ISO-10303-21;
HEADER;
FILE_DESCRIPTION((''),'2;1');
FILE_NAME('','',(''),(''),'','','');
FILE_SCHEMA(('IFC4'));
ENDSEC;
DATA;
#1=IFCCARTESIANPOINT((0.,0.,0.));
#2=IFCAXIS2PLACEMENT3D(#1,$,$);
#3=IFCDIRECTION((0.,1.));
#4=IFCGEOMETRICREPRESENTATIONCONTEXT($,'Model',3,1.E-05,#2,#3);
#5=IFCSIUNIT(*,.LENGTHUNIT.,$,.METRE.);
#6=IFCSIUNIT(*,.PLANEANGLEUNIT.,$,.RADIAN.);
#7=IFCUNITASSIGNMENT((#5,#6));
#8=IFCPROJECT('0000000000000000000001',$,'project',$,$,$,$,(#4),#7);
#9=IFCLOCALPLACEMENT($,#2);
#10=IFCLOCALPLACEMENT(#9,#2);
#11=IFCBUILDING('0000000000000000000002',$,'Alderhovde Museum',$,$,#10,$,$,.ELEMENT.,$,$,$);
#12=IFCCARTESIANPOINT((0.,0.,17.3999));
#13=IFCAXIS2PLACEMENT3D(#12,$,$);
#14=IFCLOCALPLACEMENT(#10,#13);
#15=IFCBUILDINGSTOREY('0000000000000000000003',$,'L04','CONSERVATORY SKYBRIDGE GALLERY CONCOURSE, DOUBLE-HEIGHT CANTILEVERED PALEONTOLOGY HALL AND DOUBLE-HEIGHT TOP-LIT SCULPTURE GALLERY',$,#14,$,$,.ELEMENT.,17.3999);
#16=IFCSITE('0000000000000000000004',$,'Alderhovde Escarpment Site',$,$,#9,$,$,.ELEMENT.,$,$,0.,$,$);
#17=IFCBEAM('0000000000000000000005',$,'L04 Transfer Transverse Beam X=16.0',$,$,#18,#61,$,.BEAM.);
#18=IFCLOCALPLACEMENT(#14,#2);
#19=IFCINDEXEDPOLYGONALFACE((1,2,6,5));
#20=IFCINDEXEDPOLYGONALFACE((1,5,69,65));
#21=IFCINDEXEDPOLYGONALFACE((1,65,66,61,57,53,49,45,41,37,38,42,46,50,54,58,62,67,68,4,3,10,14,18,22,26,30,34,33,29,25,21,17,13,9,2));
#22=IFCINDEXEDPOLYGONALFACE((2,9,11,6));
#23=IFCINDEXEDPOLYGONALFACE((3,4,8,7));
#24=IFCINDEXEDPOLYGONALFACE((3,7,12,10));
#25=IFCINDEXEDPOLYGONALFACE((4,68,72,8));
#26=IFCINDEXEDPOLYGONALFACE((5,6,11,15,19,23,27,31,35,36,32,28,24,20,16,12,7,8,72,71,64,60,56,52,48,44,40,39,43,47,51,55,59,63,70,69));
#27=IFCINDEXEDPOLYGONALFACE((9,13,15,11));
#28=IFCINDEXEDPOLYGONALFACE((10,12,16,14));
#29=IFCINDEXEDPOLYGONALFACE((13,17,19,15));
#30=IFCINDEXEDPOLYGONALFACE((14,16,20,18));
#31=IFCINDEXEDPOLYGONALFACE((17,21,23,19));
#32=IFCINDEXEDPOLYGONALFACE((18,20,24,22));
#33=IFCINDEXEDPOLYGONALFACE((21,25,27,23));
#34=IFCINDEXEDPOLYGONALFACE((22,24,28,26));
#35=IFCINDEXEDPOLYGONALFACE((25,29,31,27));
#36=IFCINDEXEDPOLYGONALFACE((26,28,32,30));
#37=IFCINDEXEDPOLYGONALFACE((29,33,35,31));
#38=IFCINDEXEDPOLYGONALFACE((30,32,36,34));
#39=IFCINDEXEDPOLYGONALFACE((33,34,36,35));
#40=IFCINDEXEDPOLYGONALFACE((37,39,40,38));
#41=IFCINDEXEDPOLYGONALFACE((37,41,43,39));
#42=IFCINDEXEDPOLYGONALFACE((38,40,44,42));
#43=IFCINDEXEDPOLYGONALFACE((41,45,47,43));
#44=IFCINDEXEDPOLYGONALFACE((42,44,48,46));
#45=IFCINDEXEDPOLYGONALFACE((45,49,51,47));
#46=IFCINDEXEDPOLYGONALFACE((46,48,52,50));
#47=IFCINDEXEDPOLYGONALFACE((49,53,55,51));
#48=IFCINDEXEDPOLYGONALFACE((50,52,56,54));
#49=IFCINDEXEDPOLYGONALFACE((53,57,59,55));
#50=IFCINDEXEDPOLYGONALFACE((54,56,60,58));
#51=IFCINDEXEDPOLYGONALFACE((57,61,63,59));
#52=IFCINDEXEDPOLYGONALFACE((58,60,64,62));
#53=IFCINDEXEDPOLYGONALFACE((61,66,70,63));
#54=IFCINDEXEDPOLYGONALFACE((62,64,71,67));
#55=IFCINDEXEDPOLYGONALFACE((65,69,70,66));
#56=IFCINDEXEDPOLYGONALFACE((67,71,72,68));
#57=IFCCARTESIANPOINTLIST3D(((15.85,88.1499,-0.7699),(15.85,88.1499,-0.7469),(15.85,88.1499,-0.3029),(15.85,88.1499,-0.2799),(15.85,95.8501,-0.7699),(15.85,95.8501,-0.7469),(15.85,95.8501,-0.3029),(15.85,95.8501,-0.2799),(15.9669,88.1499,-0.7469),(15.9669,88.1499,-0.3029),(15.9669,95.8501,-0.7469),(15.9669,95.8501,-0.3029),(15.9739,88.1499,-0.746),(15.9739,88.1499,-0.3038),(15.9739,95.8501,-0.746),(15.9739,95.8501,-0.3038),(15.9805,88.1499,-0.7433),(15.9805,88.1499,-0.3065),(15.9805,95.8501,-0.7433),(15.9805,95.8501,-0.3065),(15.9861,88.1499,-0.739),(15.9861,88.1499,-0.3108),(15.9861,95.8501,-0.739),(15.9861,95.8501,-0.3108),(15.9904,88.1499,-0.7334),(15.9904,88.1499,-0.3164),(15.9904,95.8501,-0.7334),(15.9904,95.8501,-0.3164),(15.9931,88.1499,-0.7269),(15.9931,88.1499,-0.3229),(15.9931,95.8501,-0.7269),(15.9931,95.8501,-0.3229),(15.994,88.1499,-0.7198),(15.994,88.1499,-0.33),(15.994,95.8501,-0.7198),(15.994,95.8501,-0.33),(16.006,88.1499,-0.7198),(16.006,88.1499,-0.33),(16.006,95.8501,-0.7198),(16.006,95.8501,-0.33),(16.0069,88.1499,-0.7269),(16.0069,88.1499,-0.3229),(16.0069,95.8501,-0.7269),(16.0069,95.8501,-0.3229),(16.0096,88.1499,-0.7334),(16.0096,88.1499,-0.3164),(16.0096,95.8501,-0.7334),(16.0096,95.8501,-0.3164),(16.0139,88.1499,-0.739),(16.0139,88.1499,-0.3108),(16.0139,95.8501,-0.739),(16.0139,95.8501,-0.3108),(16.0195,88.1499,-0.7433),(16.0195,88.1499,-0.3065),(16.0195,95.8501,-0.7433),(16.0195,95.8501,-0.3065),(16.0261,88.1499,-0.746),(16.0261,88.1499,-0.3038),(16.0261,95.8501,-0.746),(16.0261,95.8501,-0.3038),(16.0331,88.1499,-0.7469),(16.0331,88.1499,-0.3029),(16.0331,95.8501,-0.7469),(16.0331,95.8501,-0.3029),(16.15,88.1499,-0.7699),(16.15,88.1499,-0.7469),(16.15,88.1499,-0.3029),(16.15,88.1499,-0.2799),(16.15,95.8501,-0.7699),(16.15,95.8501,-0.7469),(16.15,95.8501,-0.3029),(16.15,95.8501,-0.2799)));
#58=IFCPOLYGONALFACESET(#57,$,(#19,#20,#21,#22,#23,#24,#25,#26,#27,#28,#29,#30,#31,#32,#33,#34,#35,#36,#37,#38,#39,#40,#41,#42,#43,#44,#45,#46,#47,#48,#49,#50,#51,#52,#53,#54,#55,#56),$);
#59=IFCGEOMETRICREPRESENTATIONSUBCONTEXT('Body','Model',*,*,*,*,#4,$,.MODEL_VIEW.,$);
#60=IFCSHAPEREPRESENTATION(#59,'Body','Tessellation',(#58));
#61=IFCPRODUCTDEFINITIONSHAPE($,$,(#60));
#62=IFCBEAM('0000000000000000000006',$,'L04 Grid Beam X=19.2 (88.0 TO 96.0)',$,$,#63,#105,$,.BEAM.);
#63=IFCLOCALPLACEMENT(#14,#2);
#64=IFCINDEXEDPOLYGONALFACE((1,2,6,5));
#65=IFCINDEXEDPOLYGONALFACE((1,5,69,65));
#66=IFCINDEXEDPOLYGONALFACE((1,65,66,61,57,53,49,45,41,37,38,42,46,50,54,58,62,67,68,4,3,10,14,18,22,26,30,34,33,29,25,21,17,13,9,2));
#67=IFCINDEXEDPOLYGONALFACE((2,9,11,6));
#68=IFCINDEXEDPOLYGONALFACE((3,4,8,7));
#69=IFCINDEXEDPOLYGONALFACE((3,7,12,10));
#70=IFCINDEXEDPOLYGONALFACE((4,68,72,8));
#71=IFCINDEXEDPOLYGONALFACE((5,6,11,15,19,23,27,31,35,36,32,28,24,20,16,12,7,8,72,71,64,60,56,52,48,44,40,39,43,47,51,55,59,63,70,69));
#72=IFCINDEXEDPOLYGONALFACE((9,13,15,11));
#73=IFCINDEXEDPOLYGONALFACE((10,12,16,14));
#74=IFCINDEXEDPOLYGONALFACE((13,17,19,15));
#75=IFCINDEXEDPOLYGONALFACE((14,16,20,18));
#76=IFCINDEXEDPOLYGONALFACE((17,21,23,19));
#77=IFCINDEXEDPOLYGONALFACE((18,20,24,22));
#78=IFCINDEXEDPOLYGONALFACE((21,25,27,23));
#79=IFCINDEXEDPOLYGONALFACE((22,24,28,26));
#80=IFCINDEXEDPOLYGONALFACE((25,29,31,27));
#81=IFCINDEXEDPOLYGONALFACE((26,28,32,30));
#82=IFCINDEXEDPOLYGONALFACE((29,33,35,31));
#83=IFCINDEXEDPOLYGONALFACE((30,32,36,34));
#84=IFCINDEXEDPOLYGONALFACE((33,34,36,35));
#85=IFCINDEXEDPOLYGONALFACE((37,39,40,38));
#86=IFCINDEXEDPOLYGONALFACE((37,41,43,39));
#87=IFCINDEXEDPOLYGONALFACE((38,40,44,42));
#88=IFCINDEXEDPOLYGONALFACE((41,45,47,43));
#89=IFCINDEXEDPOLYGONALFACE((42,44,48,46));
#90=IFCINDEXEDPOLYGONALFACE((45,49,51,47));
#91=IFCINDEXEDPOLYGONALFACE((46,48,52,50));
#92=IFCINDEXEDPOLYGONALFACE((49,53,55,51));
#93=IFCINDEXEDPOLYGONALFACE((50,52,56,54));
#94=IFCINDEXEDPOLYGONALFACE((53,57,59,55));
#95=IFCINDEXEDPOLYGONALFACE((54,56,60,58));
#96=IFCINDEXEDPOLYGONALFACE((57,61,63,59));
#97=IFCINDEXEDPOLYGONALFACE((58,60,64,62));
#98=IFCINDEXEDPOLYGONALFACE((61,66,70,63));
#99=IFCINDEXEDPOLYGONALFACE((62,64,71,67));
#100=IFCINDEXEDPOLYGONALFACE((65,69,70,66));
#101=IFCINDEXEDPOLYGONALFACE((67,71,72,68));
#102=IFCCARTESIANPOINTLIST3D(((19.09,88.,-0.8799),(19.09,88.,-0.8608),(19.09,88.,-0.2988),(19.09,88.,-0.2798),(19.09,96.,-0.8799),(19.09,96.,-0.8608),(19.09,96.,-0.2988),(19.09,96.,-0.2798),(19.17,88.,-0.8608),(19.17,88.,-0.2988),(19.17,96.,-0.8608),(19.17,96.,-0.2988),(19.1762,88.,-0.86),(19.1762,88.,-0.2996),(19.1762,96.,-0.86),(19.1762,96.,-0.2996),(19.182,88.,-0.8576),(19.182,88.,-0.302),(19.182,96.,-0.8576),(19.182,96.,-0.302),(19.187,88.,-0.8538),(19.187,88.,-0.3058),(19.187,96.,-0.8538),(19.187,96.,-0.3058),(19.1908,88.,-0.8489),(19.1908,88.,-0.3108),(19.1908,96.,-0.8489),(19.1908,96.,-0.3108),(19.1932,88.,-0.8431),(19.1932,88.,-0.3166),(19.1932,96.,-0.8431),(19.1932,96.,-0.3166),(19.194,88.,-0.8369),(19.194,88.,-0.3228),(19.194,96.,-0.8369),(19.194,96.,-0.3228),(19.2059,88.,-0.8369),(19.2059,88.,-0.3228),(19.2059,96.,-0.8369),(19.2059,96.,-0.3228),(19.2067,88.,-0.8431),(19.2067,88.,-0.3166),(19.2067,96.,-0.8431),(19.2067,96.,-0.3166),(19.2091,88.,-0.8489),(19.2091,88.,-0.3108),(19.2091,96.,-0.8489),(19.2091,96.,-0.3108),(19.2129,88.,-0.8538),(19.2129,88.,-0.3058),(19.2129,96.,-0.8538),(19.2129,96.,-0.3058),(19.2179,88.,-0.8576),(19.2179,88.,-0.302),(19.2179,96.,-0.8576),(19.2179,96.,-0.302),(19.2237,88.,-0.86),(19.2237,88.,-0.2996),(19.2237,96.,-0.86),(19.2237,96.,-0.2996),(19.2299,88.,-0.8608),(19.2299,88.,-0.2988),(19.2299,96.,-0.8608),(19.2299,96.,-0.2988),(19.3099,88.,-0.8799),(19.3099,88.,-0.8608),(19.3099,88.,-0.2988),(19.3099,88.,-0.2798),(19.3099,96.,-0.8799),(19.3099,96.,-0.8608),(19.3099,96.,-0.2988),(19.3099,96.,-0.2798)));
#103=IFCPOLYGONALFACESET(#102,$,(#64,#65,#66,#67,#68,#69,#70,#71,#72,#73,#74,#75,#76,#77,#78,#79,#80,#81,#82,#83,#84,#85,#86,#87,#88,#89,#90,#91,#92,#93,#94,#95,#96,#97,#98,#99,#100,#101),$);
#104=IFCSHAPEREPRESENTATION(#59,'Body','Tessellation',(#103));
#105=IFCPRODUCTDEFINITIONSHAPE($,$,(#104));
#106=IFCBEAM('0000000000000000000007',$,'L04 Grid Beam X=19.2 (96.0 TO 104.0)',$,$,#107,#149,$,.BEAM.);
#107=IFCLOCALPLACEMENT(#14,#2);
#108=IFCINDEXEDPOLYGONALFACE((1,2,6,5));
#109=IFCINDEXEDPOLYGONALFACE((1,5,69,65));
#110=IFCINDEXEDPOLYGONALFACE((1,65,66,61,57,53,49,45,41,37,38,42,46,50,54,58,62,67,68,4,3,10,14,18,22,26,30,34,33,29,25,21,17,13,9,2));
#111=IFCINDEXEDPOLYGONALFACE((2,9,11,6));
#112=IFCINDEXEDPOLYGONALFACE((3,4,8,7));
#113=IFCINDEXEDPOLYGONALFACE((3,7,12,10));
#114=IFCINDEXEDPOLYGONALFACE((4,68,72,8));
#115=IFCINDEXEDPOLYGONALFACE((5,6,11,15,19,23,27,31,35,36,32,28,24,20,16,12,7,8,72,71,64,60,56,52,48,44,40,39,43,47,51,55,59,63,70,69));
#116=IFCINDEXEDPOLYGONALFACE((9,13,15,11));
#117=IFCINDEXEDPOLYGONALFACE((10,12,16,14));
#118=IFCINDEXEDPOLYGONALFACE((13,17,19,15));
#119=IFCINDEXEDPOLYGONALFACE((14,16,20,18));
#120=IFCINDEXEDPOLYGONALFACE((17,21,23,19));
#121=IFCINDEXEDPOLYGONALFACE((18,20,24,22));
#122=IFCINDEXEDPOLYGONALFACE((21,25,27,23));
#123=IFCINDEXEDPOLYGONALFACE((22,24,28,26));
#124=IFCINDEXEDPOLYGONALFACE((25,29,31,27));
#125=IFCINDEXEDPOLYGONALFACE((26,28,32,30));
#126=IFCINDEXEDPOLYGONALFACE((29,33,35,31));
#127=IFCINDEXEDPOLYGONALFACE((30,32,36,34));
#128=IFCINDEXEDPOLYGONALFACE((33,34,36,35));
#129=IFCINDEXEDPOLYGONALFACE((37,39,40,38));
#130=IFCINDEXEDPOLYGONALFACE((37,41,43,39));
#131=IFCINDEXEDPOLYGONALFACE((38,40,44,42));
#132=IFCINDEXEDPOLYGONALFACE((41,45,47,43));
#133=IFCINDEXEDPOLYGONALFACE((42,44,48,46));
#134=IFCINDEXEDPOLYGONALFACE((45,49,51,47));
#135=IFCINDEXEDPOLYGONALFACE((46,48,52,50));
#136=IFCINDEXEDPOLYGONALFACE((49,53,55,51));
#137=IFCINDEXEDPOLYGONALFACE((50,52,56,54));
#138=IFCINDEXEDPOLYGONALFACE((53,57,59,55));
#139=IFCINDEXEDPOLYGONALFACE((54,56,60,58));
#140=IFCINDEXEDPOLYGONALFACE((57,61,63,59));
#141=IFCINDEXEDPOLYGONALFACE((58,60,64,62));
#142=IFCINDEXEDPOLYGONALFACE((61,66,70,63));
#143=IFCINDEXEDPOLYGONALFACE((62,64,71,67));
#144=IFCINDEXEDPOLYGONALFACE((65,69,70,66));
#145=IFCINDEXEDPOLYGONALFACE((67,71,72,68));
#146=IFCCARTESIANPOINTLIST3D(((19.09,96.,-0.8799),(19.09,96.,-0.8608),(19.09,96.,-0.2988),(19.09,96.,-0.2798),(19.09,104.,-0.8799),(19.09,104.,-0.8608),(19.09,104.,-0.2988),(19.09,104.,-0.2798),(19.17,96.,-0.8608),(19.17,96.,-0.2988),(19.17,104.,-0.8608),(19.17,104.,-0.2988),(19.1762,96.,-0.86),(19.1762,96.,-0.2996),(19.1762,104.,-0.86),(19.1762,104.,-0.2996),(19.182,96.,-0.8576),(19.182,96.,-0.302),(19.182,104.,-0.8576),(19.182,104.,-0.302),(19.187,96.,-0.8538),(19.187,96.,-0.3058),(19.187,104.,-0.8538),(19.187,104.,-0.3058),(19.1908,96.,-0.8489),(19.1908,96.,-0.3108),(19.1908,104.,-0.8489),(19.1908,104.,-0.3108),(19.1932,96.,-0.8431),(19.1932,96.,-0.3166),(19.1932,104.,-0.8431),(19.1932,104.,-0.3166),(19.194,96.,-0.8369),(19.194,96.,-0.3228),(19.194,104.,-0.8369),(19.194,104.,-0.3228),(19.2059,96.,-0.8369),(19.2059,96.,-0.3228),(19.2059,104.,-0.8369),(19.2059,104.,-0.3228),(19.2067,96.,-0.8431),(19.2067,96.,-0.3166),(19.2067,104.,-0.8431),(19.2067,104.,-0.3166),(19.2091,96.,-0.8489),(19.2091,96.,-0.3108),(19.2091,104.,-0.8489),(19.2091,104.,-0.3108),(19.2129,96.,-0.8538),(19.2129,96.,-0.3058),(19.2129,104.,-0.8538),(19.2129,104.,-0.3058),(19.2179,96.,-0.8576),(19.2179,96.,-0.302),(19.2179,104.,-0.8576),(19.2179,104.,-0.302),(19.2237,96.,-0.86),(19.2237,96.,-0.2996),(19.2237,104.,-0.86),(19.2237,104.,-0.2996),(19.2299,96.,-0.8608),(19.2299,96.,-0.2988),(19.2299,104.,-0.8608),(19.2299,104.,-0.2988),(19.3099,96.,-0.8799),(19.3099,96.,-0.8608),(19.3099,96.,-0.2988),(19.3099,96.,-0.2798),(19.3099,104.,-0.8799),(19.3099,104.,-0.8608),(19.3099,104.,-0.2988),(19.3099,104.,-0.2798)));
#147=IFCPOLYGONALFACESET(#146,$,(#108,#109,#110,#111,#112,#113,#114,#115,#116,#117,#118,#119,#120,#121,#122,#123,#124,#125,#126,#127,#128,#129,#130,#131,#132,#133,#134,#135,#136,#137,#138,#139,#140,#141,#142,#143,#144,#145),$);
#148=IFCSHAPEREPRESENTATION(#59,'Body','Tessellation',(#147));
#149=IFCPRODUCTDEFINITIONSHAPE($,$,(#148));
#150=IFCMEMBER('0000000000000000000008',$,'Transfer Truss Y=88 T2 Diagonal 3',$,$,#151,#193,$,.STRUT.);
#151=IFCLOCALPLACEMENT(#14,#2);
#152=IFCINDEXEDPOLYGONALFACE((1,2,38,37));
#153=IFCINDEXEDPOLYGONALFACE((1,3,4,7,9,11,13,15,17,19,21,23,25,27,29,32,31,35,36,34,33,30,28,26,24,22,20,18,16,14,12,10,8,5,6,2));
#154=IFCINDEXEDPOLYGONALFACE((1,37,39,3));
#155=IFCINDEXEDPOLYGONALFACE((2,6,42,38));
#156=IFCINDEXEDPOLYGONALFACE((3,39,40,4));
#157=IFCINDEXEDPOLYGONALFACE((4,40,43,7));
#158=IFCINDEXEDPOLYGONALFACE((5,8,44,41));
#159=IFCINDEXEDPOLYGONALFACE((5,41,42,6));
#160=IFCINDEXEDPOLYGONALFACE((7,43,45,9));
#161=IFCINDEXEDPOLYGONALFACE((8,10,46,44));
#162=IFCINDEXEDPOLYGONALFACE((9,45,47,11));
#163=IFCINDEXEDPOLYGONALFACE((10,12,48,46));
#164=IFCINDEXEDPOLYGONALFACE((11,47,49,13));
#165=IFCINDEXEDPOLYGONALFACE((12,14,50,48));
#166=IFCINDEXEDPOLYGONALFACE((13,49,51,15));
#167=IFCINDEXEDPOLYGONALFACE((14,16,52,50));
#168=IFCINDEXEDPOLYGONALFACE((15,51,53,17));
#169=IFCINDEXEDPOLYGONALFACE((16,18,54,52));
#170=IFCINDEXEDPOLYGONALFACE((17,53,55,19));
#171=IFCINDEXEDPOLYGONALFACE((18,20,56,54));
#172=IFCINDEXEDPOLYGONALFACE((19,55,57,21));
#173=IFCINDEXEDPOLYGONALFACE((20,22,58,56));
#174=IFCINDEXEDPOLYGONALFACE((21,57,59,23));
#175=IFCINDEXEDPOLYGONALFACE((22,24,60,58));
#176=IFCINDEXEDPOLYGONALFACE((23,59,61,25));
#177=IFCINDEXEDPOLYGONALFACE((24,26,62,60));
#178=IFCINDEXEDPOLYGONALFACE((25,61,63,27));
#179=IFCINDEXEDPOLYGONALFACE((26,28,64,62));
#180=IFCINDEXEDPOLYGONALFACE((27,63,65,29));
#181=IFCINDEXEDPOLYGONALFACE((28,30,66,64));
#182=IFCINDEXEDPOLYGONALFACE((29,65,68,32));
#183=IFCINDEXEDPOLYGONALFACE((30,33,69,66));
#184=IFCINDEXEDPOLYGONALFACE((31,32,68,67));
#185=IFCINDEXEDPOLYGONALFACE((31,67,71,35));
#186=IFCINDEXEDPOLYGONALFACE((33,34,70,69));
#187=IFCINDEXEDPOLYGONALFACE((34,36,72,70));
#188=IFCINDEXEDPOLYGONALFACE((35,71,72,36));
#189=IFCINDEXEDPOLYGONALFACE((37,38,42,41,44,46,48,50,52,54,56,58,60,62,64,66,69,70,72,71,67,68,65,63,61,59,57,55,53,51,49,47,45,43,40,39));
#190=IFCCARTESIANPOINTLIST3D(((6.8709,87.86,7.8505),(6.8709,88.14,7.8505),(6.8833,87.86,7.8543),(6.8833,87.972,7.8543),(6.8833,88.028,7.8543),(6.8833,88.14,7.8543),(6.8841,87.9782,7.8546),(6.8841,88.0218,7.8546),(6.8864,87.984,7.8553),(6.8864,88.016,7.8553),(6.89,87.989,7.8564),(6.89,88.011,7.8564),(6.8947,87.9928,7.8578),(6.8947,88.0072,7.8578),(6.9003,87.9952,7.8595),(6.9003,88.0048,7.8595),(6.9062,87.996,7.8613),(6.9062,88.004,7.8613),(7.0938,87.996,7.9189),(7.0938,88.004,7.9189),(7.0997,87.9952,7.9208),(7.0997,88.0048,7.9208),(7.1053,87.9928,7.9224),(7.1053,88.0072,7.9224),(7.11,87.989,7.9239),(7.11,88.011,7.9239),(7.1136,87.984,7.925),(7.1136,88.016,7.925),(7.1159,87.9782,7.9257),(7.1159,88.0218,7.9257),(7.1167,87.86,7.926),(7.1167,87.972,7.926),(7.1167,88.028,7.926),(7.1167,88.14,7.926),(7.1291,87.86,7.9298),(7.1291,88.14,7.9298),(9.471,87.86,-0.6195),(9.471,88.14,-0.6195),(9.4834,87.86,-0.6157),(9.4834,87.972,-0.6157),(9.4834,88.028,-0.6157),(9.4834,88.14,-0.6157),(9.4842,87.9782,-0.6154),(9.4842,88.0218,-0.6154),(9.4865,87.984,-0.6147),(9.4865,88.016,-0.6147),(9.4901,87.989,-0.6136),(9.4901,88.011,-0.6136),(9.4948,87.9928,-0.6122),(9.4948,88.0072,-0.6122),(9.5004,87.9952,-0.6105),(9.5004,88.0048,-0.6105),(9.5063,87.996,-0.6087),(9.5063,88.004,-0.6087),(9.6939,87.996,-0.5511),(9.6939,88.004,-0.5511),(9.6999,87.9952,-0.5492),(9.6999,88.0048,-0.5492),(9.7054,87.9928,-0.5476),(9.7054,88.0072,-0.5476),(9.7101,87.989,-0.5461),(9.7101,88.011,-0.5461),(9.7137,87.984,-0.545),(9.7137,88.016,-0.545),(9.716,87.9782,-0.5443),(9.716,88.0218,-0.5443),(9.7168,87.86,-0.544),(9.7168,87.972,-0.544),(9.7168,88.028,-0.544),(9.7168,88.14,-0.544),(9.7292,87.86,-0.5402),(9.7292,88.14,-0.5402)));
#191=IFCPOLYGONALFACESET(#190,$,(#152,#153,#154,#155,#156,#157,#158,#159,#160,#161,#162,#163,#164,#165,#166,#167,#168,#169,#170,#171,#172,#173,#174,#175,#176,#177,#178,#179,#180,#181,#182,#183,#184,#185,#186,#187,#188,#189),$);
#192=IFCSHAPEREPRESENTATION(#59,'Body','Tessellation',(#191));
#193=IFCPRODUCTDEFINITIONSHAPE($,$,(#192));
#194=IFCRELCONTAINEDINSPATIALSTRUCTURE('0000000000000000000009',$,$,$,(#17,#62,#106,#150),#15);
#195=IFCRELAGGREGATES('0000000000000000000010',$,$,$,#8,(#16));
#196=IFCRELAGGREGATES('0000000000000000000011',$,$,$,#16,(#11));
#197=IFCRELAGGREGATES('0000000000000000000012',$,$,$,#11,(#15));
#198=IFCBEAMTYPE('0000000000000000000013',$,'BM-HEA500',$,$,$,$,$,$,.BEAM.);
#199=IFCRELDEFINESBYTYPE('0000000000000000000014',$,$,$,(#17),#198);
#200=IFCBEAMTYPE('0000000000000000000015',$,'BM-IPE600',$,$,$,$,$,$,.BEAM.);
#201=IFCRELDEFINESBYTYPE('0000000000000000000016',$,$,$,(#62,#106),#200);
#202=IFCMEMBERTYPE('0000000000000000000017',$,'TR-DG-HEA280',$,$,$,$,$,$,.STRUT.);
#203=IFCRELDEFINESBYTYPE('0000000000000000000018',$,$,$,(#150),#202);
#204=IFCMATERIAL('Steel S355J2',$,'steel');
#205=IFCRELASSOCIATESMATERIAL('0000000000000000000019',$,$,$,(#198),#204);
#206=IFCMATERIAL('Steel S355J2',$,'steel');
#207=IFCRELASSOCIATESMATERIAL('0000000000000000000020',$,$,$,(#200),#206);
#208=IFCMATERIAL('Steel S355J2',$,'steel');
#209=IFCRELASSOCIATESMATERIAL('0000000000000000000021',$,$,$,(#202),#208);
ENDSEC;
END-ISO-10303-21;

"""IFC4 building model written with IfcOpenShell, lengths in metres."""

from ifc_helpers import new_model, si_unit, direction, frame, origin, origin_2d, place, context, subcontext, project, spatial, i_section, extrude, material, material_profile, profile_set, type_object, element, save


model = new_model("IFC4")

# Units and contexts
model_context = context("Model", 3, precision=1e-05, world=origin(), true_north=direction((0.0, 1.0)))
body_context = subcontext(model_context, "Body", "Model", "MODEL_VIEW")
ifc_project = project(units=[si_unit("LENGTHUNIT", "METRE"), si_unit("PLANEANGLEUNIT", "RADIAN")], contexts=[model_context])

# Site, building, storey
site_placement = place(None, origin())
site = spatial("IfcSite", under=ifc_project, at=site_placement, Name="Alderhovde Escarpment Site", CompositionType="ELEMENT", RefElevation=0.0)
building_placement = place(site_placement, origin())
building = spatial("IfcBuilding", under=site, at=building_placement, Name="Alderhovde Museum", CompositionType="ELEMENT")
storey_placement = place(building_placement, frame((0.0, 0.0, 17.3999)))
storey = spatial("IfcBuildingStorey", under=building, at=storey_placement, Name="L04", Description="CONSERVATORY SKYBRIDGE GALLERY CONCOURSE, DOUBLE-HEIGHT CANTILEVERED PALEONTOLOGY HALL AND DOUBLE-HEIGHT TOP-LIT SCULPTURE GALLERY", CompositionType="ELEMENT", Elevation=17.3999)

# Beams
ifc_material_1 = material(Name="Steel S355J2", Category="steel")
ifc_material_profile_1 = material_profile(ifc_material_1, i_section(OverallWidth=0.3, OverallDepth=0.49, WebThickness=0.012, FlangeThickness=0.0229, FilletRadius=0.0271, at=origin_2d()), Name="HEA 500")
ifc_profile_set_1 = profile_set([ifc_material_profile_1], Name="Steel S355J2")
beam_type_1 = type_object("IfcBeamType", Name="BM-HEA500", PredefinedType="BEAM", material=ifc_profile_set_1)
for number, where, z_axis, x_axis, name in (
    (1, (16.0, 88.1499, -0.5249), (0.0, 1.0, 0.0), (-1.0, 0.0, 0.0), "L04 Transfer Transverse Beam X=16.0"),
):
    element("IfcBeam", number, at=place(storey_placement, frame(where, z_axis=z_axis, x_axis=x_axis)), inside=storey, type_object=beam_type_1, Name=name, PredefinedType="BEAM", context=body_context, shape_type="SweptSolid", body=[
        extrude(i_section(OverallWidth=0.3, OverallDepth=0.49, WebThickness=0.012, FlangeThickness=0.0229, FilletRadius=0.0271, at=origin_2d()), origin(), (0.0, 0.0, 1.0), 7.7002),
    ])
ifc_material_2 = material(Name="Steel S355J2", Category="steel")
ifc_material_profile_2 = material_profile(ifc_material_2, i_section(OverallWidth=0.22, OverallDepth=0.6001, WebThickness=0.012, FlangeThickness=0.019, FilletRadius=0.0239, at=origin_2d()), Name="IPE 600")
ifc_profile_set_2 = profile_set([ifc_material_profile_2], Name="Steel S355J2")
beam_type_2 = type_object("IfcBeamType", Name="BM-IPE600", PredefinedType="BEAM", material=ifc_profile_set_2)
for number, where, z_axis, x_axis, name in (
    (2, (19.2, 88.0, -0.5798), (0.0, 1.0, 0.0), (-1.0, 0.0, 0.0), "L04 Grid Beam X=19.2 (88.0 TO 96.0)"),
    (3, (19.2, 96.0, -0.5798), (0.0, 1.0, 0.0), (-1.0, 0.0, 0.0), "L04 Grid Beam X=19.2 (96.0 TO 104.0)"),
):
    element("IfcBeam", number, at=place(storey_placement, frame(where, z_axis=z_axis, x_axis=x_axis)), inside=storey, type_object=beam_type_2, Name=name, PredefinedType="BEAM", context=body_context, shape_type="SweptSolid", body=[
        extrude(i_section(OverallWidth=0.22, OverallDepth=0.6001, WebThickness=0.012, FlangeThickness=0.019, FilletRadius=0.0239, at=origin_2d()), origin(), (0.0, 0.0, 1.0), 8.0),
    ])

# Member
ifc_material_3 = material(Name="Steel S355J2", Category="steel")
ifc_material_profile_3 = material_profile(ifc_material_3, i_section(OverallWidth=0.28, OverallDepth=0.27, WebThickness=0.0081, FlangeThickness=0.0129, FilletRadius=0.0239, at=origin_2d()), Name="HEA 280")
ifc_profile_set_3 = profile_set([ifc_material_profile_3], Name="Steel S355J2")
member_type_1 = type_object("IfcMemberType", Name="TR-DG-HEA280", PredefinedType="STRUT", material=ifc_profile_set_3)
member_1_placement = place(storey_placement, frame((7.0, 88.0, 7.8901), z_axis=(0.293462, 0.0, -0.955971), x_axis=(0.0, 1.0, 0.0)))
element("IfcMember", 4, at=member_1_placement, inside=storey, type_object=member_type_1, Name="Transfer Truss Y=88 T2 Diagonal 3", PredefinedType="STRUT", context=body_context, shape_type="SweptSolid", body=[
    extrude(i_section(OverallWidth=0.28, OverallDepth=0.27, WebThickness=0.0081, FlangeThickness=0.0129, FilletRadius=0.0239, at=origin_2d()), origin(), (0.0, 0.0, 1.0), 8.8601),
])

save(model, "model.ifc")
